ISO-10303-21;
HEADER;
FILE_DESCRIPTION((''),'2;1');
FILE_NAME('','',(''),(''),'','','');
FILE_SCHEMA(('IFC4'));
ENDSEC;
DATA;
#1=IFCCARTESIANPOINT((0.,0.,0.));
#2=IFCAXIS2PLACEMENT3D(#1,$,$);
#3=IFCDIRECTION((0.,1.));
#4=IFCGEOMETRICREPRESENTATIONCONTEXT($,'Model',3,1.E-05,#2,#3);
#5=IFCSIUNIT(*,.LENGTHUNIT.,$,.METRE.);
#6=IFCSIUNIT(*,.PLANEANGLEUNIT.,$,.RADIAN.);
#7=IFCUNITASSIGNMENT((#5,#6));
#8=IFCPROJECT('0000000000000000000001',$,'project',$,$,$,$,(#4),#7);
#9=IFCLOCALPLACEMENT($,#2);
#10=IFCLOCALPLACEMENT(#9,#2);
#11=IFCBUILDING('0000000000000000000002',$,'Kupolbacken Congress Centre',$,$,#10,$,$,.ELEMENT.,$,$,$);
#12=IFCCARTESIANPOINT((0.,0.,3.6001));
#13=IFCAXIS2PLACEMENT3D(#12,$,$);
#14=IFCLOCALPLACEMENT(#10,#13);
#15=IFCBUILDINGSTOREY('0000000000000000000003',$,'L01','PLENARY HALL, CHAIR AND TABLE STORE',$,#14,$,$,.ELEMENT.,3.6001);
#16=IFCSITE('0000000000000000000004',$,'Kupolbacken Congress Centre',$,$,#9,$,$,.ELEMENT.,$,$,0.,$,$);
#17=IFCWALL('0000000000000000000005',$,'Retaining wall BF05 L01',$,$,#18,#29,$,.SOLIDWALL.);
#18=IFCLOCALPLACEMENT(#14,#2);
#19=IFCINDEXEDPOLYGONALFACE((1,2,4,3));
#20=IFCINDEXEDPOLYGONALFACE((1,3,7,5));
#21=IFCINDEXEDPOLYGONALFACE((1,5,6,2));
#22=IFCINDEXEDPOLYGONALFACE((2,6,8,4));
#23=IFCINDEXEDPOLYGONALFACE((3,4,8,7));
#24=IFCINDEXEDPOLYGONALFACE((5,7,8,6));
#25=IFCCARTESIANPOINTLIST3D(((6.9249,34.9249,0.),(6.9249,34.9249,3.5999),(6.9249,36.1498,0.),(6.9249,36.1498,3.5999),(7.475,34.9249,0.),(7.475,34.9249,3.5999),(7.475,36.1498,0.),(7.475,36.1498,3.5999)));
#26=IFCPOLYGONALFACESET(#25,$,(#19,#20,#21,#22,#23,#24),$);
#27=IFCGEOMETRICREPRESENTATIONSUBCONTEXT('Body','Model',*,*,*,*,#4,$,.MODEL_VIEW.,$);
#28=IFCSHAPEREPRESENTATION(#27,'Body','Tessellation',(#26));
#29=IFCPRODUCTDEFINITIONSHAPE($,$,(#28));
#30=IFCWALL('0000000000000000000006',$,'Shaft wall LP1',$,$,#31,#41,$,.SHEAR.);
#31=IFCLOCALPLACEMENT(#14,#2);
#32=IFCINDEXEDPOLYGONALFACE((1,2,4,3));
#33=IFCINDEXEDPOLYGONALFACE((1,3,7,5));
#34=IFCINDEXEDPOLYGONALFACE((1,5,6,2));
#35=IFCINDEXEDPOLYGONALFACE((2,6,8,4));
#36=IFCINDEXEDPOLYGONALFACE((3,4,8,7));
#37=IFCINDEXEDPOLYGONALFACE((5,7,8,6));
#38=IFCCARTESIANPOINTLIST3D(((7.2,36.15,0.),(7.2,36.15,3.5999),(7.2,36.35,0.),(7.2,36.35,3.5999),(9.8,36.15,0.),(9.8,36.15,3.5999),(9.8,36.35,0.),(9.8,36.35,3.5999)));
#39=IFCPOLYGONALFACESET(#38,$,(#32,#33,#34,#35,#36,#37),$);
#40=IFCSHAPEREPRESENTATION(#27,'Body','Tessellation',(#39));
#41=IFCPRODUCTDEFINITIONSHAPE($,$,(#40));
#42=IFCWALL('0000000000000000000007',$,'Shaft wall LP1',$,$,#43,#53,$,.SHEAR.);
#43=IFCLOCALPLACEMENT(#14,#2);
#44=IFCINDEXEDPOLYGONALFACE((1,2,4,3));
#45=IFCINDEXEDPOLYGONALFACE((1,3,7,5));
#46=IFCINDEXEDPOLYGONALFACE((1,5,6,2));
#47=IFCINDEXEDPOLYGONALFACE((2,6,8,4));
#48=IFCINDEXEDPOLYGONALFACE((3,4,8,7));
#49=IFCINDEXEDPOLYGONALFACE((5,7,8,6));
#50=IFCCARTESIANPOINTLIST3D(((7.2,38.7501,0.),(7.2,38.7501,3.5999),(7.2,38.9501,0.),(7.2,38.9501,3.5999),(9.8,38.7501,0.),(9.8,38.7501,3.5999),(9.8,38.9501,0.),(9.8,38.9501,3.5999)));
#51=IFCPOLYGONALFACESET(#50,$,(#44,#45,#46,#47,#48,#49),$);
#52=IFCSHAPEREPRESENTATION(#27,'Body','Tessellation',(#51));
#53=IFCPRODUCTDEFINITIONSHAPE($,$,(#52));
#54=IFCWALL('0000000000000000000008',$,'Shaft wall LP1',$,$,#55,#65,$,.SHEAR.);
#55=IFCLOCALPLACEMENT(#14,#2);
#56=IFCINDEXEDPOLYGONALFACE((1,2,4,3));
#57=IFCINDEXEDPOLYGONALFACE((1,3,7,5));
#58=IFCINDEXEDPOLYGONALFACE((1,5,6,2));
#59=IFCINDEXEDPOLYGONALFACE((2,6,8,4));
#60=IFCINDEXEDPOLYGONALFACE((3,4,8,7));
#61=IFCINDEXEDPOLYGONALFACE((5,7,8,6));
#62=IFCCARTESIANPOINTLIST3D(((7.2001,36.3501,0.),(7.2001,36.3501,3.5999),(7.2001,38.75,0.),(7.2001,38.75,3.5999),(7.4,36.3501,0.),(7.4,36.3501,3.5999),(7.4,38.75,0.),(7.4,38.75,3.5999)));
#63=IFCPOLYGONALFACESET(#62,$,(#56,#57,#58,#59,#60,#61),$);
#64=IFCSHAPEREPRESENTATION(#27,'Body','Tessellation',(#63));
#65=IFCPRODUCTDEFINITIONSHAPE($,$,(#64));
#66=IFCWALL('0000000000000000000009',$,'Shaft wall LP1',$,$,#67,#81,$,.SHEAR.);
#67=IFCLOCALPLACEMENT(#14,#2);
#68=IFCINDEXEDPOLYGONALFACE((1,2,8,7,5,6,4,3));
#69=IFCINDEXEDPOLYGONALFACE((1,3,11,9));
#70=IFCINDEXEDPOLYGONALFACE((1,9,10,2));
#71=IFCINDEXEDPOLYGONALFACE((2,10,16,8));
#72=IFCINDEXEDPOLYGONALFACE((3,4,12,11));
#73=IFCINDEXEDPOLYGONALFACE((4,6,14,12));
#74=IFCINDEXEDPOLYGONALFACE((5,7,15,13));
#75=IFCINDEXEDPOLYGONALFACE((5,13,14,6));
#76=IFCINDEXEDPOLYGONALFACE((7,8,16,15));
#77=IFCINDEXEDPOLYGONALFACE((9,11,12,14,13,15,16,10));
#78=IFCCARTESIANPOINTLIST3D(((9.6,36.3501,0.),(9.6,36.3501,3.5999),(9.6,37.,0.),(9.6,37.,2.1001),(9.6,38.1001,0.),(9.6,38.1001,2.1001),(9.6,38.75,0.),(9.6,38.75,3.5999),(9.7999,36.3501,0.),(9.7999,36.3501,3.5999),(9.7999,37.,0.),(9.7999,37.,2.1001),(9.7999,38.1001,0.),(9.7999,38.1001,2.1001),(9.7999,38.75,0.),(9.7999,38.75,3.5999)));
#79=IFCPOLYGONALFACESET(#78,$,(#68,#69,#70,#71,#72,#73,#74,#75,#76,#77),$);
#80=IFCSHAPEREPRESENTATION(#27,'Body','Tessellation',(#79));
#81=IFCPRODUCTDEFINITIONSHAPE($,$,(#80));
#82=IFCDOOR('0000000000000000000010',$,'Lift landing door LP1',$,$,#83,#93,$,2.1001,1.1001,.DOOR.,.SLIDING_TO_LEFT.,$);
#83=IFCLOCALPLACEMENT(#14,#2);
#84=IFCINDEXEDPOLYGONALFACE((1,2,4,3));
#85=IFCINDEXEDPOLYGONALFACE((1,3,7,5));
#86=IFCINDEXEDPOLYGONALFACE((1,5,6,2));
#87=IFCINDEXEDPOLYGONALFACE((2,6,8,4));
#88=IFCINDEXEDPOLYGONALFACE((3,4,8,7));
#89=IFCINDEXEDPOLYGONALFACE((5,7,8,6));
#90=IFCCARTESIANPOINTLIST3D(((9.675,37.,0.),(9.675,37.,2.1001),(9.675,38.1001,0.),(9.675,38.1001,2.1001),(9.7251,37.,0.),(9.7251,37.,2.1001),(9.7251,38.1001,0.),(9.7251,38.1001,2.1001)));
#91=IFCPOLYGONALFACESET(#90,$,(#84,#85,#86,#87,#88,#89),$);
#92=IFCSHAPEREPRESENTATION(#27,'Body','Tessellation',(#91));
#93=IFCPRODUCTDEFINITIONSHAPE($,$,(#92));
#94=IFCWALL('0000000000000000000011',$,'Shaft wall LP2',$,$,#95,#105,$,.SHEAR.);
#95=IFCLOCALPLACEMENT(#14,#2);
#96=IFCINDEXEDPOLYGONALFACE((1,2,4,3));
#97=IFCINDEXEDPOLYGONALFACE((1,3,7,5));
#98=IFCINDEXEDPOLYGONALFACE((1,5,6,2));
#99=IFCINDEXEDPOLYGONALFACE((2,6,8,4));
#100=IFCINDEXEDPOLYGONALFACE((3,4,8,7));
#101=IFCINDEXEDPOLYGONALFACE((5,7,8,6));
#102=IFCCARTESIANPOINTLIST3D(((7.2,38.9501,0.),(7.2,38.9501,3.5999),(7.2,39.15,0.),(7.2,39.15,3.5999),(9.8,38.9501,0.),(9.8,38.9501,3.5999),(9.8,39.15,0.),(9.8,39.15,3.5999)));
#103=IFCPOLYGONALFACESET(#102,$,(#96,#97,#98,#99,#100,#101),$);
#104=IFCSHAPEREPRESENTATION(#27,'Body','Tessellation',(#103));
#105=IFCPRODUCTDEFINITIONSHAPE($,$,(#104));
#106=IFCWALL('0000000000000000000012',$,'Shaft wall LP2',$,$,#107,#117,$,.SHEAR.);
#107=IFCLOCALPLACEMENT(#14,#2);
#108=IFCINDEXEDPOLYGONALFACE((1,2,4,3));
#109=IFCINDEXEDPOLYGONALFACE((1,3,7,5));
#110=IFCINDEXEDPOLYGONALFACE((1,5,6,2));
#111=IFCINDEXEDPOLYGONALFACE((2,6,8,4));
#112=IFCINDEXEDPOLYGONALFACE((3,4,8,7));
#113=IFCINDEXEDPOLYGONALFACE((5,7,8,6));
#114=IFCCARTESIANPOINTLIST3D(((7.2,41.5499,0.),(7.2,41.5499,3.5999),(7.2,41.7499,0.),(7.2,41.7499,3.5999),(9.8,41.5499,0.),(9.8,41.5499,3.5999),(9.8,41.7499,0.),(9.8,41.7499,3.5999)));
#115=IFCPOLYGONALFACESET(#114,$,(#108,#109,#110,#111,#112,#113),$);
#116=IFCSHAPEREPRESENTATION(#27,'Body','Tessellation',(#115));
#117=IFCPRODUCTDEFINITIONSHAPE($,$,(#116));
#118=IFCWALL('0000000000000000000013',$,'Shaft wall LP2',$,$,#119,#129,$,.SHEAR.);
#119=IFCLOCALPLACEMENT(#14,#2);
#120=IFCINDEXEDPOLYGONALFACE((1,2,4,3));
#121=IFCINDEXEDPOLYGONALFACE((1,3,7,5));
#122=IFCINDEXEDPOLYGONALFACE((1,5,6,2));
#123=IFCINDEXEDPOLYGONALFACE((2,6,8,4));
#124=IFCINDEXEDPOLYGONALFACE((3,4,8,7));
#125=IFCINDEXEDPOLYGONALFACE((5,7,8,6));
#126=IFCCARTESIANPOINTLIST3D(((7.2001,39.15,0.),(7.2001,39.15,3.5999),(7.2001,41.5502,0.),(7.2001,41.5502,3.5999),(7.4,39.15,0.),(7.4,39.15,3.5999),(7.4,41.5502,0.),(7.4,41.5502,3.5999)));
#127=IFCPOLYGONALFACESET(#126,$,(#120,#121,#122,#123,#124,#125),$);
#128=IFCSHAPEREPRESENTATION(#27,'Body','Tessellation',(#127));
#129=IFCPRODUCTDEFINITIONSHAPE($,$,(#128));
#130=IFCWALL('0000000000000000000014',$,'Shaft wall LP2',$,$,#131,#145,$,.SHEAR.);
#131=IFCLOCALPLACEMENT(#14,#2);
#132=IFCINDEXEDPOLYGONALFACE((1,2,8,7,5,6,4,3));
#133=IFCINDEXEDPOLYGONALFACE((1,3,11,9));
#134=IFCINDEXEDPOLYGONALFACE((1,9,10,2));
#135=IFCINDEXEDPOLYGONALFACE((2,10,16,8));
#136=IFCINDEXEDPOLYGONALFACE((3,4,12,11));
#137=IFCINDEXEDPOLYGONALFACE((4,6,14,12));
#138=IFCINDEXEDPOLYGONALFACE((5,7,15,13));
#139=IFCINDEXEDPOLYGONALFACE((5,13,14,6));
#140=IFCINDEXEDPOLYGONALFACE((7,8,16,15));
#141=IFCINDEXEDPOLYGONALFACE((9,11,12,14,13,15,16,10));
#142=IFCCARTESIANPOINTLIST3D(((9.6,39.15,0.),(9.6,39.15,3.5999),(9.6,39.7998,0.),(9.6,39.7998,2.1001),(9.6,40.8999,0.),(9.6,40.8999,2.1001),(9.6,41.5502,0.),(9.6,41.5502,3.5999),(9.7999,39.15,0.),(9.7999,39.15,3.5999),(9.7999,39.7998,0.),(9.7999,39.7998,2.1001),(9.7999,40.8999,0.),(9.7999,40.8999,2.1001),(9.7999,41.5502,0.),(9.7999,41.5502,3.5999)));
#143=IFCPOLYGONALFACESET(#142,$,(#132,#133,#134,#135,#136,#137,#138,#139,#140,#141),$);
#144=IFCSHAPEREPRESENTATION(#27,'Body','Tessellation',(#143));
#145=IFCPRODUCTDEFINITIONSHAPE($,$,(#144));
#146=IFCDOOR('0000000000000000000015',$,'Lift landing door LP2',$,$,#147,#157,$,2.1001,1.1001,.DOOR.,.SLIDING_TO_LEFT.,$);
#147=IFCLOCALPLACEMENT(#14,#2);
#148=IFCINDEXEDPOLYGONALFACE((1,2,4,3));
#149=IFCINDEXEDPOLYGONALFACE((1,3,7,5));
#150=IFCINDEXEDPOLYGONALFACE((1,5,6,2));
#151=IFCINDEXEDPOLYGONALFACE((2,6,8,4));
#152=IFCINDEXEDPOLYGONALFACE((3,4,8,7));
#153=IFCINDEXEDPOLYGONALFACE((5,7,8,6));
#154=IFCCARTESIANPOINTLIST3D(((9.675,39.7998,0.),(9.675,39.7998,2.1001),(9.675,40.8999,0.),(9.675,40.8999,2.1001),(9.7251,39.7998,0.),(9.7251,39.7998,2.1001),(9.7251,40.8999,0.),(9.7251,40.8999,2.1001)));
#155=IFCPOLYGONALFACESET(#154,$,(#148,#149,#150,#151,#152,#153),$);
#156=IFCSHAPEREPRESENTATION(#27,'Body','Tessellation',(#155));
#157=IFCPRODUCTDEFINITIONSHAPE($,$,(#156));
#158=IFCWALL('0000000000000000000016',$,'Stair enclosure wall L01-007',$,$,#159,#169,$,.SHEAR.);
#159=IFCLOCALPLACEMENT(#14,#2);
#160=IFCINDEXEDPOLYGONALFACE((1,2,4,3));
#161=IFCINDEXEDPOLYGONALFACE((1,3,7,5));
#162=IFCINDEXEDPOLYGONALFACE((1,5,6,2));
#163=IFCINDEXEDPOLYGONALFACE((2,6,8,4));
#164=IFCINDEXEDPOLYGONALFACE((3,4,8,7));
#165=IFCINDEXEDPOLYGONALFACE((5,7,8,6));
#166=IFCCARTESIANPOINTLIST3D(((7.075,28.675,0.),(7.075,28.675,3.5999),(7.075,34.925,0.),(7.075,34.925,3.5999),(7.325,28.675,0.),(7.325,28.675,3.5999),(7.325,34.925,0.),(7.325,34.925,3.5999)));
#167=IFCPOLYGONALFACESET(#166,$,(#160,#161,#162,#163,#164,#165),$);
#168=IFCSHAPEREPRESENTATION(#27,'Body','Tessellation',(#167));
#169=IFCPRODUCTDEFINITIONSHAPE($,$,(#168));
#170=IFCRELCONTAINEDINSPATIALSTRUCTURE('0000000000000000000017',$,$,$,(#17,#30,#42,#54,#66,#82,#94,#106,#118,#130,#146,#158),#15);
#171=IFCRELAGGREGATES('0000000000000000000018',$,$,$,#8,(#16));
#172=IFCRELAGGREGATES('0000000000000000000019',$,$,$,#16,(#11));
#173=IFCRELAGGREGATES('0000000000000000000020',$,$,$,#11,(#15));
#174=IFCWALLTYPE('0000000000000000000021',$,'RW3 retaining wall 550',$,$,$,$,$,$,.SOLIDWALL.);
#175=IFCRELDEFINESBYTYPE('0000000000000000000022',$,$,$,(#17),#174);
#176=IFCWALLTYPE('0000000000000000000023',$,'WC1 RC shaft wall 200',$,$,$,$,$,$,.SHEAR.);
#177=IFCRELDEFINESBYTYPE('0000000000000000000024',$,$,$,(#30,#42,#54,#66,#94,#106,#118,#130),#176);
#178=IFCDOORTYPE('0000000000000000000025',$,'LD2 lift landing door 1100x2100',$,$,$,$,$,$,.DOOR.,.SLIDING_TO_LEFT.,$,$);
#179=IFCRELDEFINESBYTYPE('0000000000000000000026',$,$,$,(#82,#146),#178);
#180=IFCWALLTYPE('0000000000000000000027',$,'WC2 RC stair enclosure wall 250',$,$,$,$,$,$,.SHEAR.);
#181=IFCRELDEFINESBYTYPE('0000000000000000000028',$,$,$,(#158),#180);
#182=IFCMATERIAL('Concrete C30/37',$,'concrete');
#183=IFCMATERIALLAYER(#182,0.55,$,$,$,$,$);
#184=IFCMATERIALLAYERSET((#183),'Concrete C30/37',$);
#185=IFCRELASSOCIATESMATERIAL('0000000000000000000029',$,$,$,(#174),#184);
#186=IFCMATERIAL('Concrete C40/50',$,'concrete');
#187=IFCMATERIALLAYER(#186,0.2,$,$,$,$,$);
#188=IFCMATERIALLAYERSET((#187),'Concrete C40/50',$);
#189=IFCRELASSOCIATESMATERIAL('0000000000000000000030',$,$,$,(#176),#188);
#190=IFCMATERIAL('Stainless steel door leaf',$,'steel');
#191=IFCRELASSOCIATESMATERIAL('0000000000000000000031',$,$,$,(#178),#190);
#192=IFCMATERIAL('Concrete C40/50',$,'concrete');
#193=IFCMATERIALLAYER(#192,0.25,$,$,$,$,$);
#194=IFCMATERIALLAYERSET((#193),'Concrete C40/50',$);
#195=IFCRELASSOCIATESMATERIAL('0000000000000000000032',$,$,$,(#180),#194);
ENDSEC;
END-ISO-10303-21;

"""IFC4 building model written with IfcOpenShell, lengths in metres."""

from ifc_helpers import new_model, si_unit, direction, frame, frame_2d, origin, place, context, subcontext, project, spatial, rectangle, extrude, material, layer, layer_set, type_object, element, fill, save


model = new_model("IFC4")

# Units and contexts
model_context = context("Model", 3, precision=1e-05, world=origin(), true_north=direction((0.0, 1.0)))
body_context = subcontext(model_context, "Body", "Model", "MODEL_VIEW")
ifc_project = project(units=[si_unit("LENGTHUNIT", "METRE"), si_unit("PLANEANGLEUNIT", "RADIAN")], contexts=[model_context])

# Site, building, storey
site_placement = place(None, origin())
site = spatial("IfcSite", under=ifc_project, at=site_placement, Name="Kupolbacken Congress Centre", CompositionType="ELEMENT", RefElevation=0.0)
building_placement = place(site_placement, origin())
building = spatial("IfcBuilding", under=site, at=building_placement, Name="Kupolbacken Congress Centre", CompositionType="ELEMENT")
storey_placement = place(building_placement, frame((0.0, 0.0, 3.6001)))
storey = spatial("IfcBuildingStorey", under=building, at=storey_placement, Name="L01", Description="PLENARY HALL, CHAIR AND TABLE STORE", CompositionType="ELEMENT", Elevation=3.6001)

# Walls
ifc_material_1 = material(Name="Concrete C30/37", Category="concrete")
ifc_layer_1 = layer(ifc_material_1, 0.55)
ifc_layer_set_1 = layer_set([ifc_layer_1], Name="Concrete C30/37")
wall_type_1 = type_object("IfcWallType", Name="RW3 retaining wall 550", PredefinedType="SOLIDWALL", material=ifc_layer_set_1)
wall_1_placement = place(storey_placement, frame((7.2, 34.925, 0.0), z_axis=(0.0, 0.0, 1.0), x_axis=(0.0, 1.0, 0.0)))
element("IfcWall", 1, at=wall_1_placement, inside=storey, type_object=wall_type_1, Name="Retaining wall BF05 L01", PredefinedType="SOLIDWALL", context=body_context, shape_type="SweptSolid", body=[
    extrude(rectangle(XDim=1.2249, YDim=0.55, at=frame_2d((0.6123, 0.0))), origin(), (0.0, 0.0, 1.0), 3.5999),
])
ifc_material_2 = material(Name="Concrete C40/50", Category="concrete")
ifc_layer_2 = layer(ifc_material_2, 0.2)
ifc_layer_set_2 = layer_set([ifc_layer_2], Name="Concrete C40/50")
wall_type_2 = type_object("IfcWallType", Name="WC1 RC shaft wall 200", PredefinedType="SHEAR", material=ifc_layer_set_2)
for number, where, z_axis, x_axis, name in (
    (2, (7.2, 36.25, 0.0), (0.0, 0.0, 1.0), (1.0, 0.0, 0.0), "Shaft wall LP1"),
    (3, (7.2, 38.8501, 0.0), (0.0, 0.0, 1.0), (1.0, 0.0, 0.0), "Shaft wall LP1"),
):
    element("IfcWall", number, at=place(storey_placement, frame(where, z_axis=z_axis, x_axis=x_axis)), inside=storey, type_object=wall_type_2, Name=name, PredefinedType="SHEAR", context=body_context, shape_type="SweptSolid", body=[
        extrude(rectangle(XDim=2.6001, YDim=0.2, at=frame_2d((1.3, 0.0))), origin(), (0.0, 0.0, 1.0), 3.5999),
    ])
wall_2_placement = place(storey_placement, frame((7.3, 36.3501, 0.0), z_axis=(0.0, 0.0, 1.0), x_axis=(0.0, 1.0, 0.0)))
element("IfcWall", 4, at=wall_2_placement, inside=storey, type_object=wall_type_2, Name="Shaft wall LP1", PredefinedType="SHEAR", context=body_context, shape_type="SweptSolid", body=[
    extrude(rectangle(XDim=2.3999, YDim=0.2, at=frame_2d((1.2, 0.0))), origin(), (0.0, 0.0, 1.0), 3.5999),
])

# Wall, opening, door
wall_3_placement = place(storey_placement, frame((9.7, 36.3501, 0.0), z_axis=(0.0, 0.0, 1.0), x_axis=(0.0, 1.0, 0.0)))
wall_3 = element("IfcWall", 5, at=wall_3_placement, inside=storey, type_object=wall_type_2, Name="Shaft wall LP1", PredefinedType="SHEAR", context=body_context, shape_type="SweptSolid", body=[
    extrude(rectangle(XDim=2.3999, YDim=0.2, at=frame_2d((1.2, 0.0))), origin(), (0.0, 0.0, 1.0), 3.5999),
])
opening_1_placement = place(wall_3_placement, frame((0.6499, 0.0, 0.0)))
opening_1 = element("IfcOpeningElement", 6, at=opening_1_placement, cuts=wall_3, PredefinedType="OPENING", context=body_context, shape_type="SweptSolid", body=[
    extrude(rectangle(XDim=1.1001, YDim=2.1001, at=frame_2d((0.55, 1.05))), frame((0.0, 0.1099, 0.0), z_axis=(0.0, -1.0, 0.0), x_axis=(1.0, 0.0, 0.0)), (0.0, 0.0, 1.0), 0.22),
])
ifc_material_3 = material(Name="Stainless steel door leaf", Category="steel")
door_type_1 = type_object("IfcDoorType", Name="LD2 lift landing door 1100x2100", OperationType="SLIDING_TO_LEFT", PredefinedType="DOOR", material=ifc_material_3)
door_1_placement = place(opening_1_placement, origin())
door_1 = element("IfcDoor", 7, at=door_1_placement, inside=storey, type_object=door_type_1, Name="Lift landing door LP1", OperationType="SLIDING_TO_LEFT", OverallHeight=2.1001, OverallWidth=1.1001, PredefinedType="DOOR", context=body_context, shape_type="SweptSolid", body=[
    extrude(rectangle(XDim=1.1001, YDim=2.1001, at=frame_2d((0.55, 1.05))), frame((0.0, 0.0249, 0.0), z_axis=(0.0, -1.0, 0.0), x_axis=(1.0, 0.0, 0.0)), (0.0, 0.0, 1.0), 0.05),
])
fill(opening_1, door_1)

# Walls
for number, where, z_axis, x_axis, name in (
    (8, (7.2, 39.05, 0.0), (0.0, 0.0, 1.0), (1.0, 0.0, 0.0), "Shaft wall LP2"),
    (9, (7.2, 41.6499, 0.0), (0.0, 0.0, 1.0), (1.0, 0.0, 0.0), "Shaft wall LP2"),
):
    element("IfcWall", number, at=place(storey_placement, frame(where, z_axis=z_axis, x_axis=x_axis)), inside=storey, type_object=wall_type_2, Name=name, PredefinedType="SHEAR", context=body_context, shape_type="SweptSolid", body=[
        extrude(rectangle(XDim=2.6001, YDim=0.2, at=frame_2d((1.3, 0.0))), origin(), (0.0, 0.0, 1.0), 3.5999),
    ])
wall_4_placement = place(storey_placement, frame((7.3, 39.1499, 0.0), z_axis=(0.0, 0.0, 1.0), x_axis=(0.0, 1.0, 0.0)))
element("IfcWall", 10, at=wall_4_placement, inside=storey, type_object=wall_type_2, Name="Shaft wall LP2", PredefinedType="SHEAR", context=body_context, shape_type="SweptSolid", body=[
    extrude(rectangle(XDim=2.4001, YDim=0.2, at=frame_2d((1.2002, 0.0))), origin(), (0.0, 0.0, 1.0), 3.5999),
])

# Wall, opening, door
wall_5_placement = place(storey_placement, frame((9.7, 39.1499, 0.0), z_axis=(0.0, 0.0, 1.0), x_axis=(0.0, 1.0, 0.0)))
wall_5 = element("IfcWall", 11, at=wall_5_placement, inside=storey, type_object=wall_type_2, Name="Shaft wall LP2", PredefinedType="SHEAR", context=body_context, shape_type="SweptSolid", body=[
    extrude(rectangle(XDim=2.4001, YDim=0.2, at=frame_2d((1.2002, 0.0))), origin(), (0.0, 0.0, 1.0), 3.5999),
])
opening_2_placement = place(wall_5_placement, frame((0.6499, 0.0, 0.0)))
opening_2 = element("IfcOpeningElement", 12, at=opening_2_placement, cuts=wall_5, PredefinedType="OPENING", context=body_context, shape_type="SweptSolid", body=[
    extrude(rectangle(XDim=1.1001, YDim=2.1001, at=frame_2d((0.55, 1.05))), frame((0.0, 0.1099, 0.0), z_axis=(0.0, -1.0, 0.0), x_axis=(1.0, 0.0, 0.0)), (0.0, 0.0, 1.0), 0.22),
])
door_2_placement = place(opening_2_placement, origin())
door_2 = element("IfcDoor", 13, at=door_2_placement, inside=storey, type_object=door_type_1, Name="Lift landing door LP2", OperationType="SLIDING_TO_LEFT", OverallHeight=2.1001, OverallWidth=1.1001, PredefinedType="DOOR", context=body_context, shape_type="SweptSolid", body=[
    extrude(rectangle(XDim=1.1001, YDim=2.1001, at=frame_2d((0.55, 1.05))), frame((0.0, 0.0249, 0.0), z_axis=(0.0, -1.0, 0.0), x_axis=(1.0, 0.0, 0.0)), (0.0, 0.0, 1.0), 0.05),
])
fill(opening_2, door_2)

# Wall
ifc_material_4 = material(Name="Concrete C40/50", Category="concrete")
ifc_layer_3 = layer(ifc_material_4, 0.25)
ifc_layer_set_3 = layer_set([ifc_layer_3], Name="Concrete C40/50")
wall_type_3 = type_object("IfcWallType", Name="WC2 RC stair enclosure wall 250", PredefinedType="SHEAR", material=ifc_layer_set_3)
wall_6_placement = place(storey_placement, frame((7.2, 34.925, 0.0), z_axis=(0.0, 0.0, 1.0), x_axis=(0.0, -1.0, 0.0)))
element("IfcWall", 14, at=wall_6_placement, inside=storey, type_object=wall_type_3, Name="Stair enclosure wall L01-007", PredefinedType="SHEAR", context=body_context, shape_type="SweptSolid", body=[
    extrude(rectangle(XDim=6.25, YDim=0.25, at=frame_2d((3.125, 0.0))), origin(), (0.0, 0.0, 1.0), 3.5999),
])

save(model, "model.ifc")
